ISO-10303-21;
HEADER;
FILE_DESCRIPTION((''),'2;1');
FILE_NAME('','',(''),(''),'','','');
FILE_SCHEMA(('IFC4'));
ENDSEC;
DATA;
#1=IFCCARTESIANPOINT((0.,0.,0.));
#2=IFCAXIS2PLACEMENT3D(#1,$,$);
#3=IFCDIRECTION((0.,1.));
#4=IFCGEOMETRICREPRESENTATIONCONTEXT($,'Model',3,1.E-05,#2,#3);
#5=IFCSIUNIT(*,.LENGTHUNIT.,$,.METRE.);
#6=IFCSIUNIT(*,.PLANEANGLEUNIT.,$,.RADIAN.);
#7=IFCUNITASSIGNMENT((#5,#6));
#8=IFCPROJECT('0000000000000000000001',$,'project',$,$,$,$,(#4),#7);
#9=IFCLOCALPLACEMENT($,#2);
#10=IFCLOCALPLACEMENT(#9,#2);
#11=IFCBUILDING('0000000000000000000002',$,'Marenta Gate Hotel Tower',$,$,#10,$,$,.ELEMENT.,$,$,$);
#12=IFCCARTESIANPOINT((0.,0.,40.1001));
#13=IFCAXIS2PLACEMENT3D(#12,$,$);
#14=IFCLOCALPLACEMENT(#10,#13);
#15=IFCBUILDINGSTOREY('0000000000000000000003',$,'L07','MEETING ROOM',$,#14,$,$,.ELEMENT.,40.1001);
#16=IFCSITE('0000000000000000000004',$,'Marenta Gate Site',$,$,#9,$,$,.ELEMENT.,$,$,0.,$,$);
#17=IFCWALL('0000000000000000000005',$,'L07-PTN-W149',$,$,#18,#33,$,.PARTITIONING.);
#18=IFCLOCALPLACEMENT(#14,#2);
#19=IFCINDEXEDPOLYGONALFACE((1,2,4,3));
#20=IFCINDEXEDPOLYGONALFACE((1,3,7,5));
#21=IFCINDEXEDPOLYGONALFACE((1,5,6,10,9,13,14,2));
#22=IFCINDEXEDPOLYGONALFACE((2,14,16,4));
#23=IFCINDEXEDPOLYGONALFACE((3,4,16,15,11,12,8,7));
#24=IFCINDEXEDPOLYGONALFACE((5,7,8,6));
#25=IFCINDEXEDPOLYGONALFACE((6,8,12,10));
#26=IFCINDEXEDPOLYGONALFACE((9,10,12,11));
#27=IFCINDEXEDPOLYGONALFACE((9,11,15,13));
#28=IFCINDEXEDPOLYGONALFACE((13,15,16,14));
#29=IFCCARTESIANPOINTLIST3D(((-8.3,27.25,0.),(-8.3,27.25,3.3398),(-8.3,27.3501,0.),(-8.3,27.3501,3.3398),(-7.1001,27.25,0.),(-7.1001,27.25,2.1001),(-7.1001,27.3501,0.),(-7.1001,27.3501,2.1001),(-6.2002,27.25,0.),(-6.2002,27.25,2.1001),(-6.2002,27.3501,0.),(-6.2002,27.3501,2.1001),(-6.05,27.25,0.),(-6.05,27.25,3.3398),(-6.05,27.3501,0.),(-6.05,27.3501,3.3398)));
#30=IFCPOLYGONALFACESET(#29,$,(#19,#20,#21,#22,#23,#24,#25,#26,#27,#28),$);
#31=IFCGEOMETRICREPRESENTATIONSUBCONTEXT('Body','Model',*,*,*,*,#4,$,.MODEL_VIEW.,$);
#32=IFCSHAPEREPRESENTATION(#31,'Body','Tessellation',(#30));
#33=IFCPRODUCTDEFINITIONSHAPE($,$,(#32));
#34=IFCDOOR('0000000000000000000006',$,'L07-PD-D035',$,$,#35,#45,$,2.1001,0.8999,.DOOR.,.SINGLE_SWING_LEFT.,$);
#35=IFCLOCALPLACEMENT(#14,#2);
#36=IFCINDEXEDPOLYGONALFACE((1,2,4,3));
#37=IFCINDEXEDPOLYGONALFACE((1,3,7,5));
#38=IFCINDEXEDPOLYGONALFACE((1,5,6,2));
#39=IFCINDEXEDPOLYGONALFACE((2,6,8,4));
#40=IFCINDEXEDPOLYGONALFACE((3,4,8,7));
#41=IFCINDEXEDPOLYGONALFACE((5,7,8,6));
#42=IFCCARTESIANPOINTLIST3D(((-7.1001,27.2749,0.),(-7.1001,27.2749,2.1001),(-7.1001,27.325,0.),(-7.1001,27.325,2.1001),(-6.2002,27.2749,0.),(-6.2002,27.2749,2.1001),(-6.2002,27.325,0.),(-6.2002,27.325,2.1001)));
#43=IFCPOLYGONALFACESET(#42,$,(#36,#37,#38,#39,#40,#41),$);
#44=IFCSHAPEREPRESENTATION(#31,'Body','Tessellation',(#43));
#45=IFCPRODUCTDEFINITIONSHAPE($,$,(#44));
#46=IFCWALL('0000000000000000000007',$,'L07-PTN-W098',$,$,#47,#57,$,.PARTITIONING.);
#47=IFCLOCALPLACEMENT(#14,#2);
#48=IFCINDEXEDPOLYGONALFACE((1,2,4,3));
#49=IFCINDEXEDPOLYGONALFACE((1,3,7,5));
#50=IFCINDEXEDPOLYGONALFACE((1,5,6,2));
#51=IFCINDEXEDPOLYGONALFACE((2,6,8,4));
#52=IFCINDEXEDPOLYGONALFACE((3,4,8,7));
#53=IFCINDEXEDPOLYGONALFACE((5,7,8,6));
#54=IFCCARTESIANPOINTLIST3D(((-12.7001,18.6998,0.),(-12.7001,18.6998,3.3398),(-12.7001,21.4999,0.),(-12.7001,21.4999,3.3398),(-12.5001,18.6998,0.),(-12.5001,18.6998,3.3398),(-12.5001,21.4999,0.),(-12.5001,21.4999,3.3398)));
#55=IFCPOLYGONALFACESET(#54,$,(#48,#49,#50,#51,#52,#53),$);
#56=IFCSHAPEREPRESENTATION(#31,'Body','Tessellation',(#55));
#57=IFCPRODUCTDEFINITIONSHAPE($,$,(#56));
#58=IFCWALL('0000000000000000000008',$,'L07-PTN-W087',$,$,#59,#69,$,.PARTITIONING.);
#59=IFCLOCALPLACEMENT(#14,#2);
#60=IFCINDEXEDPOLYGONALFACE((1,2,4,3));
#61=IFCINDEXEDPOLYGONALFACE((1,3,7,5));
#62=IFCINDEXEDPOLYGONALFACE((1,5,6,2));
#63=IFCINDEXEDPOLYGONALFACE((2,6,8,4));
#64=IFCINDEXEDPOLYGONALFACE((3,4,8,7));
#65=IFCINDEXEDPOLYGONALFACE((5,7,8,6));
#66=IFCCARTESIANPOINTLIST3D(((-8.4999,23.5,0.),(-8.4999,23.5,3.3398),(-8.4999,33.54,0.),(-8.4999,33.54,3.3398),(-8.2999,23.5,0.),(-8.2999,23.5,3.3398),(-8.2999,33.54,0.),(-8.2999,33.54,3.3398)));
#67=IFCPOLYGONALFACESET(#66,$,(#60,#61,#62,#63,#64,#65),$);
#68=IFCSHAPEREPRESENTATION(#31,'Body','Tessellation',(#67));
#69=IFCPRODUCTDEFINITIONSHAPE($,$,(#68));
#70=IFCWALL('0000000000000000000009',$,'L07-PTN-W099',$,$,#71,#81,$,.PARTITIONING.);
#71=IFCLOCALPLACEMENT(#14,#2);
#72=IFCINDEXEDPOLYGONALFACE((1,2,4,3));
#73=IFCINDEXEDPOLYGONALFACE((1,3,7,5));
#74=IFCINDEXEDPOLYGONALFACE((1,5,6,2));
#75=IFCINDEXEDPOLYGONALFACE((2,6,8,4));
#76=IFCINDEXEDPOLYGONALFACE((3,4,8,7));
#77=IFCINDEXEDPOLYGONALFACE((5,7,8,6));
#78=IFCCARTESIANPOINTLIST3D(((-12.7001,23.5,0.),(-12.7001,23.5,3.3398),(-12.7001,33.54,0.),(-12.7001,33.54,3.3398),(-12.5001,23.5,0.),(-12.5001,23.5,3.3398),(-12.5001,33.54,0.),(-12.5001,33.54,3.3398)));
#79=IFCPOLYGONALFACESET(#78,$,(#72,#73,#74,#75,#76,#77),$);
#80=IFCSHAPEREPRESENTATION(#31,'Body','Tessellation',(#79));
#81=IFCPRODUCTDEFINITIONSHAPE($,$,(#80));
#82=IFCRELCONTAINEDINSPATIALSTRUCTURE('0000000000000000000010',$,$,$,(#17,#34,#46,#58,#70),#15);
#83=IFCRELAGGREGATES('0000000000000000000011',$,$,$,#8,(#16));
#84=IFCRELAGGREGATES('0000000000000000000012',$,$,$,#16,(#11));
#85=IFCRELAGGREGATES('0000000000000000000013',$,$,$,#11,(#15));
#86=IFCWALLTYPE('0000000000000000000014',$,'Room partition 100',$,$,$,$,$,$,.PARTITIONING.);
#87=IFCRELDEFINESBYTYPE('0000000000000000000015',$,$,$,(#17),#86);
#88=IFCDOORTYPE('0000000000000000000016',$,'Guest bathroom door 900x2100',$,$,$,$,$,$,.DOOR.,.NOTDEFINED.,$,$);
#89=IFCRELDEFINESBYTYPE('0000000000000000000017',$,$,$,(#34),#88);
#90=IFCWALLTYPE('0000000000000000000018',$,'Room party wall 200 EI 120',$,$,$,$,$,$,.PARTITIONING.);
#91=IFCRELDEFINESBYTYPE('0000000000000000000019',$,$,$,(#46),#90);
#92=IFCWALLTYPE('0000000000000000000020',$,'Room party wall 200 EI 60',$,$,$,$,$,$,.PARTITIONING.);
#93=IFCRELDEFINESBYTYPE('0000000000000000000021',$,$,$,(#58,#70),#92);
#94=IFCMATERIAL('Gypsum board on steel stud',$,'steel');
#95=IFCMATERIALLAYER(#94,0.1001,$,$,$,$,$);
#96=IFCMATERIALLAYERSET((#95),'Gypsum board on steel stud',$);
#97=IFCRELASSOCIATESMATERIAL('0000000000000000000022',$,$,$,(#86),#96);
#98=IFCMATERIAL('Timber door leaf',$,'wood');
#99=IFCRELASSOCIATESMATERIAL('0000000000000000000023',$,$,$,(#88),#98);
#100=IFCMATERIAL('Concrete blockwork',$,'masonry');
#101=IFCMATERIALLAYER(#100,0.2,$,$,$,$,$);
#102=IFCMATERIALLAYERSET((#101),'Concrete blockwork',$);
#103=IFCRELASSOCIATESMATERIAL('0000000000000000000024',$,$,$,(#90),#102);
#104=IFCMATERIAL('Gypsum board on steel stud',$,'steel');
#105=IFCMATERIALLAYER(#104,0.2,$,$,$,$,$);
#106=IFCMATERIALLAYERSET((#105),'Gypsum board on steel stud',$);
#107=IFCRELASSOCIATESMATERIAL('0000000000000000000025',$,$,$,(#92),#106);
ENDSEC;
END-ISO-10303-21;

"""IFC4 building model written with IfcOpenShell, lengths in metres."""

from ifc_helpers import new_model, si_unit, direction, frame, frame_2d, origin, place, context, subcontext, project, spatial, rectangle, extrude, material, layer, layer_set, type_object, element, fill, save


model = new_model("IFC4")

# Units and contexts
model_context = context("Model", 3, precision=1e-05, world=origin(), true_north=direction((0.0, 1.0)))
body_context = subcontext(model_context, "Body", "Model", "MODEL_VIEW")
ifc_project = project(units=[si_unit("LENGTHUNIT", "METRE"), si_unit("PLANEANGLEUNIT", "RADIAN")], contexts=[model_context])

# Site, building, storey
site_placement = place(None, origin())
site = spatial("IfcSite", under=ifc_project, at=site_placement, Name="Marenta Gate Site", CompositionType="ELEMENT", RefElevation=0.0)
building_placement = place(site_placement, origin())
building = spatial("IfcBuilding", under=site, at=building_placement, Name="Marenta Gate Hotel Tower", CompositionType="ELEMENT")
storey_placement = place(building_placement, frame((0.0, 0.0, 40.1001)))
storey = spatial("IfcBuildingStorey", under=building, at=storey_placement, Name="L07", Description="MEETING ROOM", CompositionType="ELEMENT", Elevation=40.1001)

# Shared definitions
ifc_material_1 = material(Name="Gypsum board on steel stud", Category="steel")
ifc_layer_1 = layer(ifc_material_1, 0.1001)
ifc_layer_set_1 = layer_set([ifc_layer_1], Name="Gypsum board on steel stud")
wall_type_1 = type_object("IfcWallType", Name="Room partition 100", PredefinedType="PARTITIONING", material=ifc_layer_set_1)

# Wall, opening, door
ifc_material_2 = material(Name="Timber door leaf", Category="wood")
door_type = type_object("IfcDoorType", Name="Guest bathroom door 900x2100", OperationType="NOTDEFINED", PredefinedType="DOOR", material=ifc_material_2)
wall_1_placement = place(storey_placement, frame((-8.3, 27.3, 0.0), z_axis=(0.0, 0.0, 1.0), x_axis=(1.0, 0.0, 0.0)))
wall_1 = element("IfcWall", 1, at=wall_1_placement, inside=storey, type_object=wall_type_1, Name="L07-PTN-W149", PredefinedType="PARTITIONING", context=body_context, shape_type="SweptSolid", body=[
    extrude(rectangle(XDim=2.25, YDim=0.1001, at=frame_2d((1.125, 0.0))), origin(), (0.0, 0.0, 1.0), 3.3398),
])
opening_1_placement = place(wall_1_placement, frame((1.2, 0.0, 0.0)))
opening_1 = element("IfcOpeningElement", 2, at=opening_1_placement, cuts=wall_1, PredefinedType="OPENING", context=body_context, shape_type="SweptSolid", body=[
    extrude(rectangle(XDim=0.8999, YDim=2.1001, at=frame_2d((0.45, 1.05))), frame((0.0, 0.05, 0.0), z_axis=(0.0, -1.0, 0.0), x_axis=(1.0, 0.0, 0.0)), (0.0, 0.0, 1.0), 0.1001),
])
door_1_placement = place(opening_1_placement, origin())
door_1 = element("IfcDoor", 3, at=door_1_placement, inside=storey, type_object=door_type, Name="L07-PD-D035", OperationType="SINGLE_SWING_LEFT", OverallHeight=2.1001, OverallWidth=0.8999, PredefinedType="DOOR", context=body_context, shape_type="SweptSolid", body=[
    extrude(rectangle(XDim=0.8999, YDim=2.1001, at=frame_2d((0.45, 1.05))), frame((0.0, 0.0249, 0.0), z_axis=(0.0, -1.0, 0.0), x_axis=(1.0, 0.0, 0.0)), (0.0, 0.0, 1.0), 0.05),
])
fill(opening_1, door_1)

# Walls
ifc_material_3 = material(Name="Concrete blockwork", Category="masonry")
ifc_layer_2 = layer(ifc_material_3, 0.2)
ifc_layer_set_2 = layer_set([ifc_layer_2], Name="Concrete blockwork")
wall_type_2 = type_object("IfcWallType", Name="Room party wall 200 EI 120", PredefinedType="PARTITIONING", material=ifc_layer_set_2)
wall_2_placement = place(storey_placement, frame((-12.6001, 18.7, 0.0), z_axis=(0.0, 0.0, 1.0), x_axis=(0.0, 1.0, 0.0)))
element("IfcWall", 4, at=wall_2_placement, inside=storey, type_object=wall_type_2, Name="L07-PTN-W098", PredefinedType="PARTITIONING", context=body_context, shape_type="SweptSolid", body=[
    extrude(rectangle(XDim=2.8, YDim=0.2, at=frame_2d((1.3999, 0.0))), origin(), (0.0, 0.0, 1.0), 3.3398),
])
ifc_material_4 = material(Name="Gypsum board on steel stud", Category="steel")
ifc_layer_3 = layer(ifc_material_4, 0.2)
ifc_layer_set_3 = layer_set([ifc_layer_3], Name="Gypsum board on steel stud")
wall_type_3 = type_object("IfcWallType", Name="Room party wall 200 EI 60", PredefinedType="PARTITIONING", material=ifc_layer_set_3)
for number, where, z_axis, x_axis, name in (
    (5, (-8.3999, 23.5, 0.0), (0.0, 0.0, 1.0), (0.0, 1.0, 0.0), "L07-PTN-W087"),
    (6, (-12.6001, 23.5, 0.0), (0.0, 0.0, 1.0), (0.0, 1.0, 0.0), "L07-PTN-W099"),
):
    element("IfcWall", number, at=place(storey_placement, frame(where, z_axis=z_axis, x_axis=x_axis)), inside=storey, type_object=wall_type_3, Name=name, PredefinedType="PARTITIONING", context=body_context, shape_type="SweptSolid", body=[
        extrude(rectangle(XDim=10.04, YDim=0.2, at=frame_2d((5.02, 0.0))), origin(), (0.0, 0.0, 1.0), 3.3398),
    ])

save(model, "model.ifc")
